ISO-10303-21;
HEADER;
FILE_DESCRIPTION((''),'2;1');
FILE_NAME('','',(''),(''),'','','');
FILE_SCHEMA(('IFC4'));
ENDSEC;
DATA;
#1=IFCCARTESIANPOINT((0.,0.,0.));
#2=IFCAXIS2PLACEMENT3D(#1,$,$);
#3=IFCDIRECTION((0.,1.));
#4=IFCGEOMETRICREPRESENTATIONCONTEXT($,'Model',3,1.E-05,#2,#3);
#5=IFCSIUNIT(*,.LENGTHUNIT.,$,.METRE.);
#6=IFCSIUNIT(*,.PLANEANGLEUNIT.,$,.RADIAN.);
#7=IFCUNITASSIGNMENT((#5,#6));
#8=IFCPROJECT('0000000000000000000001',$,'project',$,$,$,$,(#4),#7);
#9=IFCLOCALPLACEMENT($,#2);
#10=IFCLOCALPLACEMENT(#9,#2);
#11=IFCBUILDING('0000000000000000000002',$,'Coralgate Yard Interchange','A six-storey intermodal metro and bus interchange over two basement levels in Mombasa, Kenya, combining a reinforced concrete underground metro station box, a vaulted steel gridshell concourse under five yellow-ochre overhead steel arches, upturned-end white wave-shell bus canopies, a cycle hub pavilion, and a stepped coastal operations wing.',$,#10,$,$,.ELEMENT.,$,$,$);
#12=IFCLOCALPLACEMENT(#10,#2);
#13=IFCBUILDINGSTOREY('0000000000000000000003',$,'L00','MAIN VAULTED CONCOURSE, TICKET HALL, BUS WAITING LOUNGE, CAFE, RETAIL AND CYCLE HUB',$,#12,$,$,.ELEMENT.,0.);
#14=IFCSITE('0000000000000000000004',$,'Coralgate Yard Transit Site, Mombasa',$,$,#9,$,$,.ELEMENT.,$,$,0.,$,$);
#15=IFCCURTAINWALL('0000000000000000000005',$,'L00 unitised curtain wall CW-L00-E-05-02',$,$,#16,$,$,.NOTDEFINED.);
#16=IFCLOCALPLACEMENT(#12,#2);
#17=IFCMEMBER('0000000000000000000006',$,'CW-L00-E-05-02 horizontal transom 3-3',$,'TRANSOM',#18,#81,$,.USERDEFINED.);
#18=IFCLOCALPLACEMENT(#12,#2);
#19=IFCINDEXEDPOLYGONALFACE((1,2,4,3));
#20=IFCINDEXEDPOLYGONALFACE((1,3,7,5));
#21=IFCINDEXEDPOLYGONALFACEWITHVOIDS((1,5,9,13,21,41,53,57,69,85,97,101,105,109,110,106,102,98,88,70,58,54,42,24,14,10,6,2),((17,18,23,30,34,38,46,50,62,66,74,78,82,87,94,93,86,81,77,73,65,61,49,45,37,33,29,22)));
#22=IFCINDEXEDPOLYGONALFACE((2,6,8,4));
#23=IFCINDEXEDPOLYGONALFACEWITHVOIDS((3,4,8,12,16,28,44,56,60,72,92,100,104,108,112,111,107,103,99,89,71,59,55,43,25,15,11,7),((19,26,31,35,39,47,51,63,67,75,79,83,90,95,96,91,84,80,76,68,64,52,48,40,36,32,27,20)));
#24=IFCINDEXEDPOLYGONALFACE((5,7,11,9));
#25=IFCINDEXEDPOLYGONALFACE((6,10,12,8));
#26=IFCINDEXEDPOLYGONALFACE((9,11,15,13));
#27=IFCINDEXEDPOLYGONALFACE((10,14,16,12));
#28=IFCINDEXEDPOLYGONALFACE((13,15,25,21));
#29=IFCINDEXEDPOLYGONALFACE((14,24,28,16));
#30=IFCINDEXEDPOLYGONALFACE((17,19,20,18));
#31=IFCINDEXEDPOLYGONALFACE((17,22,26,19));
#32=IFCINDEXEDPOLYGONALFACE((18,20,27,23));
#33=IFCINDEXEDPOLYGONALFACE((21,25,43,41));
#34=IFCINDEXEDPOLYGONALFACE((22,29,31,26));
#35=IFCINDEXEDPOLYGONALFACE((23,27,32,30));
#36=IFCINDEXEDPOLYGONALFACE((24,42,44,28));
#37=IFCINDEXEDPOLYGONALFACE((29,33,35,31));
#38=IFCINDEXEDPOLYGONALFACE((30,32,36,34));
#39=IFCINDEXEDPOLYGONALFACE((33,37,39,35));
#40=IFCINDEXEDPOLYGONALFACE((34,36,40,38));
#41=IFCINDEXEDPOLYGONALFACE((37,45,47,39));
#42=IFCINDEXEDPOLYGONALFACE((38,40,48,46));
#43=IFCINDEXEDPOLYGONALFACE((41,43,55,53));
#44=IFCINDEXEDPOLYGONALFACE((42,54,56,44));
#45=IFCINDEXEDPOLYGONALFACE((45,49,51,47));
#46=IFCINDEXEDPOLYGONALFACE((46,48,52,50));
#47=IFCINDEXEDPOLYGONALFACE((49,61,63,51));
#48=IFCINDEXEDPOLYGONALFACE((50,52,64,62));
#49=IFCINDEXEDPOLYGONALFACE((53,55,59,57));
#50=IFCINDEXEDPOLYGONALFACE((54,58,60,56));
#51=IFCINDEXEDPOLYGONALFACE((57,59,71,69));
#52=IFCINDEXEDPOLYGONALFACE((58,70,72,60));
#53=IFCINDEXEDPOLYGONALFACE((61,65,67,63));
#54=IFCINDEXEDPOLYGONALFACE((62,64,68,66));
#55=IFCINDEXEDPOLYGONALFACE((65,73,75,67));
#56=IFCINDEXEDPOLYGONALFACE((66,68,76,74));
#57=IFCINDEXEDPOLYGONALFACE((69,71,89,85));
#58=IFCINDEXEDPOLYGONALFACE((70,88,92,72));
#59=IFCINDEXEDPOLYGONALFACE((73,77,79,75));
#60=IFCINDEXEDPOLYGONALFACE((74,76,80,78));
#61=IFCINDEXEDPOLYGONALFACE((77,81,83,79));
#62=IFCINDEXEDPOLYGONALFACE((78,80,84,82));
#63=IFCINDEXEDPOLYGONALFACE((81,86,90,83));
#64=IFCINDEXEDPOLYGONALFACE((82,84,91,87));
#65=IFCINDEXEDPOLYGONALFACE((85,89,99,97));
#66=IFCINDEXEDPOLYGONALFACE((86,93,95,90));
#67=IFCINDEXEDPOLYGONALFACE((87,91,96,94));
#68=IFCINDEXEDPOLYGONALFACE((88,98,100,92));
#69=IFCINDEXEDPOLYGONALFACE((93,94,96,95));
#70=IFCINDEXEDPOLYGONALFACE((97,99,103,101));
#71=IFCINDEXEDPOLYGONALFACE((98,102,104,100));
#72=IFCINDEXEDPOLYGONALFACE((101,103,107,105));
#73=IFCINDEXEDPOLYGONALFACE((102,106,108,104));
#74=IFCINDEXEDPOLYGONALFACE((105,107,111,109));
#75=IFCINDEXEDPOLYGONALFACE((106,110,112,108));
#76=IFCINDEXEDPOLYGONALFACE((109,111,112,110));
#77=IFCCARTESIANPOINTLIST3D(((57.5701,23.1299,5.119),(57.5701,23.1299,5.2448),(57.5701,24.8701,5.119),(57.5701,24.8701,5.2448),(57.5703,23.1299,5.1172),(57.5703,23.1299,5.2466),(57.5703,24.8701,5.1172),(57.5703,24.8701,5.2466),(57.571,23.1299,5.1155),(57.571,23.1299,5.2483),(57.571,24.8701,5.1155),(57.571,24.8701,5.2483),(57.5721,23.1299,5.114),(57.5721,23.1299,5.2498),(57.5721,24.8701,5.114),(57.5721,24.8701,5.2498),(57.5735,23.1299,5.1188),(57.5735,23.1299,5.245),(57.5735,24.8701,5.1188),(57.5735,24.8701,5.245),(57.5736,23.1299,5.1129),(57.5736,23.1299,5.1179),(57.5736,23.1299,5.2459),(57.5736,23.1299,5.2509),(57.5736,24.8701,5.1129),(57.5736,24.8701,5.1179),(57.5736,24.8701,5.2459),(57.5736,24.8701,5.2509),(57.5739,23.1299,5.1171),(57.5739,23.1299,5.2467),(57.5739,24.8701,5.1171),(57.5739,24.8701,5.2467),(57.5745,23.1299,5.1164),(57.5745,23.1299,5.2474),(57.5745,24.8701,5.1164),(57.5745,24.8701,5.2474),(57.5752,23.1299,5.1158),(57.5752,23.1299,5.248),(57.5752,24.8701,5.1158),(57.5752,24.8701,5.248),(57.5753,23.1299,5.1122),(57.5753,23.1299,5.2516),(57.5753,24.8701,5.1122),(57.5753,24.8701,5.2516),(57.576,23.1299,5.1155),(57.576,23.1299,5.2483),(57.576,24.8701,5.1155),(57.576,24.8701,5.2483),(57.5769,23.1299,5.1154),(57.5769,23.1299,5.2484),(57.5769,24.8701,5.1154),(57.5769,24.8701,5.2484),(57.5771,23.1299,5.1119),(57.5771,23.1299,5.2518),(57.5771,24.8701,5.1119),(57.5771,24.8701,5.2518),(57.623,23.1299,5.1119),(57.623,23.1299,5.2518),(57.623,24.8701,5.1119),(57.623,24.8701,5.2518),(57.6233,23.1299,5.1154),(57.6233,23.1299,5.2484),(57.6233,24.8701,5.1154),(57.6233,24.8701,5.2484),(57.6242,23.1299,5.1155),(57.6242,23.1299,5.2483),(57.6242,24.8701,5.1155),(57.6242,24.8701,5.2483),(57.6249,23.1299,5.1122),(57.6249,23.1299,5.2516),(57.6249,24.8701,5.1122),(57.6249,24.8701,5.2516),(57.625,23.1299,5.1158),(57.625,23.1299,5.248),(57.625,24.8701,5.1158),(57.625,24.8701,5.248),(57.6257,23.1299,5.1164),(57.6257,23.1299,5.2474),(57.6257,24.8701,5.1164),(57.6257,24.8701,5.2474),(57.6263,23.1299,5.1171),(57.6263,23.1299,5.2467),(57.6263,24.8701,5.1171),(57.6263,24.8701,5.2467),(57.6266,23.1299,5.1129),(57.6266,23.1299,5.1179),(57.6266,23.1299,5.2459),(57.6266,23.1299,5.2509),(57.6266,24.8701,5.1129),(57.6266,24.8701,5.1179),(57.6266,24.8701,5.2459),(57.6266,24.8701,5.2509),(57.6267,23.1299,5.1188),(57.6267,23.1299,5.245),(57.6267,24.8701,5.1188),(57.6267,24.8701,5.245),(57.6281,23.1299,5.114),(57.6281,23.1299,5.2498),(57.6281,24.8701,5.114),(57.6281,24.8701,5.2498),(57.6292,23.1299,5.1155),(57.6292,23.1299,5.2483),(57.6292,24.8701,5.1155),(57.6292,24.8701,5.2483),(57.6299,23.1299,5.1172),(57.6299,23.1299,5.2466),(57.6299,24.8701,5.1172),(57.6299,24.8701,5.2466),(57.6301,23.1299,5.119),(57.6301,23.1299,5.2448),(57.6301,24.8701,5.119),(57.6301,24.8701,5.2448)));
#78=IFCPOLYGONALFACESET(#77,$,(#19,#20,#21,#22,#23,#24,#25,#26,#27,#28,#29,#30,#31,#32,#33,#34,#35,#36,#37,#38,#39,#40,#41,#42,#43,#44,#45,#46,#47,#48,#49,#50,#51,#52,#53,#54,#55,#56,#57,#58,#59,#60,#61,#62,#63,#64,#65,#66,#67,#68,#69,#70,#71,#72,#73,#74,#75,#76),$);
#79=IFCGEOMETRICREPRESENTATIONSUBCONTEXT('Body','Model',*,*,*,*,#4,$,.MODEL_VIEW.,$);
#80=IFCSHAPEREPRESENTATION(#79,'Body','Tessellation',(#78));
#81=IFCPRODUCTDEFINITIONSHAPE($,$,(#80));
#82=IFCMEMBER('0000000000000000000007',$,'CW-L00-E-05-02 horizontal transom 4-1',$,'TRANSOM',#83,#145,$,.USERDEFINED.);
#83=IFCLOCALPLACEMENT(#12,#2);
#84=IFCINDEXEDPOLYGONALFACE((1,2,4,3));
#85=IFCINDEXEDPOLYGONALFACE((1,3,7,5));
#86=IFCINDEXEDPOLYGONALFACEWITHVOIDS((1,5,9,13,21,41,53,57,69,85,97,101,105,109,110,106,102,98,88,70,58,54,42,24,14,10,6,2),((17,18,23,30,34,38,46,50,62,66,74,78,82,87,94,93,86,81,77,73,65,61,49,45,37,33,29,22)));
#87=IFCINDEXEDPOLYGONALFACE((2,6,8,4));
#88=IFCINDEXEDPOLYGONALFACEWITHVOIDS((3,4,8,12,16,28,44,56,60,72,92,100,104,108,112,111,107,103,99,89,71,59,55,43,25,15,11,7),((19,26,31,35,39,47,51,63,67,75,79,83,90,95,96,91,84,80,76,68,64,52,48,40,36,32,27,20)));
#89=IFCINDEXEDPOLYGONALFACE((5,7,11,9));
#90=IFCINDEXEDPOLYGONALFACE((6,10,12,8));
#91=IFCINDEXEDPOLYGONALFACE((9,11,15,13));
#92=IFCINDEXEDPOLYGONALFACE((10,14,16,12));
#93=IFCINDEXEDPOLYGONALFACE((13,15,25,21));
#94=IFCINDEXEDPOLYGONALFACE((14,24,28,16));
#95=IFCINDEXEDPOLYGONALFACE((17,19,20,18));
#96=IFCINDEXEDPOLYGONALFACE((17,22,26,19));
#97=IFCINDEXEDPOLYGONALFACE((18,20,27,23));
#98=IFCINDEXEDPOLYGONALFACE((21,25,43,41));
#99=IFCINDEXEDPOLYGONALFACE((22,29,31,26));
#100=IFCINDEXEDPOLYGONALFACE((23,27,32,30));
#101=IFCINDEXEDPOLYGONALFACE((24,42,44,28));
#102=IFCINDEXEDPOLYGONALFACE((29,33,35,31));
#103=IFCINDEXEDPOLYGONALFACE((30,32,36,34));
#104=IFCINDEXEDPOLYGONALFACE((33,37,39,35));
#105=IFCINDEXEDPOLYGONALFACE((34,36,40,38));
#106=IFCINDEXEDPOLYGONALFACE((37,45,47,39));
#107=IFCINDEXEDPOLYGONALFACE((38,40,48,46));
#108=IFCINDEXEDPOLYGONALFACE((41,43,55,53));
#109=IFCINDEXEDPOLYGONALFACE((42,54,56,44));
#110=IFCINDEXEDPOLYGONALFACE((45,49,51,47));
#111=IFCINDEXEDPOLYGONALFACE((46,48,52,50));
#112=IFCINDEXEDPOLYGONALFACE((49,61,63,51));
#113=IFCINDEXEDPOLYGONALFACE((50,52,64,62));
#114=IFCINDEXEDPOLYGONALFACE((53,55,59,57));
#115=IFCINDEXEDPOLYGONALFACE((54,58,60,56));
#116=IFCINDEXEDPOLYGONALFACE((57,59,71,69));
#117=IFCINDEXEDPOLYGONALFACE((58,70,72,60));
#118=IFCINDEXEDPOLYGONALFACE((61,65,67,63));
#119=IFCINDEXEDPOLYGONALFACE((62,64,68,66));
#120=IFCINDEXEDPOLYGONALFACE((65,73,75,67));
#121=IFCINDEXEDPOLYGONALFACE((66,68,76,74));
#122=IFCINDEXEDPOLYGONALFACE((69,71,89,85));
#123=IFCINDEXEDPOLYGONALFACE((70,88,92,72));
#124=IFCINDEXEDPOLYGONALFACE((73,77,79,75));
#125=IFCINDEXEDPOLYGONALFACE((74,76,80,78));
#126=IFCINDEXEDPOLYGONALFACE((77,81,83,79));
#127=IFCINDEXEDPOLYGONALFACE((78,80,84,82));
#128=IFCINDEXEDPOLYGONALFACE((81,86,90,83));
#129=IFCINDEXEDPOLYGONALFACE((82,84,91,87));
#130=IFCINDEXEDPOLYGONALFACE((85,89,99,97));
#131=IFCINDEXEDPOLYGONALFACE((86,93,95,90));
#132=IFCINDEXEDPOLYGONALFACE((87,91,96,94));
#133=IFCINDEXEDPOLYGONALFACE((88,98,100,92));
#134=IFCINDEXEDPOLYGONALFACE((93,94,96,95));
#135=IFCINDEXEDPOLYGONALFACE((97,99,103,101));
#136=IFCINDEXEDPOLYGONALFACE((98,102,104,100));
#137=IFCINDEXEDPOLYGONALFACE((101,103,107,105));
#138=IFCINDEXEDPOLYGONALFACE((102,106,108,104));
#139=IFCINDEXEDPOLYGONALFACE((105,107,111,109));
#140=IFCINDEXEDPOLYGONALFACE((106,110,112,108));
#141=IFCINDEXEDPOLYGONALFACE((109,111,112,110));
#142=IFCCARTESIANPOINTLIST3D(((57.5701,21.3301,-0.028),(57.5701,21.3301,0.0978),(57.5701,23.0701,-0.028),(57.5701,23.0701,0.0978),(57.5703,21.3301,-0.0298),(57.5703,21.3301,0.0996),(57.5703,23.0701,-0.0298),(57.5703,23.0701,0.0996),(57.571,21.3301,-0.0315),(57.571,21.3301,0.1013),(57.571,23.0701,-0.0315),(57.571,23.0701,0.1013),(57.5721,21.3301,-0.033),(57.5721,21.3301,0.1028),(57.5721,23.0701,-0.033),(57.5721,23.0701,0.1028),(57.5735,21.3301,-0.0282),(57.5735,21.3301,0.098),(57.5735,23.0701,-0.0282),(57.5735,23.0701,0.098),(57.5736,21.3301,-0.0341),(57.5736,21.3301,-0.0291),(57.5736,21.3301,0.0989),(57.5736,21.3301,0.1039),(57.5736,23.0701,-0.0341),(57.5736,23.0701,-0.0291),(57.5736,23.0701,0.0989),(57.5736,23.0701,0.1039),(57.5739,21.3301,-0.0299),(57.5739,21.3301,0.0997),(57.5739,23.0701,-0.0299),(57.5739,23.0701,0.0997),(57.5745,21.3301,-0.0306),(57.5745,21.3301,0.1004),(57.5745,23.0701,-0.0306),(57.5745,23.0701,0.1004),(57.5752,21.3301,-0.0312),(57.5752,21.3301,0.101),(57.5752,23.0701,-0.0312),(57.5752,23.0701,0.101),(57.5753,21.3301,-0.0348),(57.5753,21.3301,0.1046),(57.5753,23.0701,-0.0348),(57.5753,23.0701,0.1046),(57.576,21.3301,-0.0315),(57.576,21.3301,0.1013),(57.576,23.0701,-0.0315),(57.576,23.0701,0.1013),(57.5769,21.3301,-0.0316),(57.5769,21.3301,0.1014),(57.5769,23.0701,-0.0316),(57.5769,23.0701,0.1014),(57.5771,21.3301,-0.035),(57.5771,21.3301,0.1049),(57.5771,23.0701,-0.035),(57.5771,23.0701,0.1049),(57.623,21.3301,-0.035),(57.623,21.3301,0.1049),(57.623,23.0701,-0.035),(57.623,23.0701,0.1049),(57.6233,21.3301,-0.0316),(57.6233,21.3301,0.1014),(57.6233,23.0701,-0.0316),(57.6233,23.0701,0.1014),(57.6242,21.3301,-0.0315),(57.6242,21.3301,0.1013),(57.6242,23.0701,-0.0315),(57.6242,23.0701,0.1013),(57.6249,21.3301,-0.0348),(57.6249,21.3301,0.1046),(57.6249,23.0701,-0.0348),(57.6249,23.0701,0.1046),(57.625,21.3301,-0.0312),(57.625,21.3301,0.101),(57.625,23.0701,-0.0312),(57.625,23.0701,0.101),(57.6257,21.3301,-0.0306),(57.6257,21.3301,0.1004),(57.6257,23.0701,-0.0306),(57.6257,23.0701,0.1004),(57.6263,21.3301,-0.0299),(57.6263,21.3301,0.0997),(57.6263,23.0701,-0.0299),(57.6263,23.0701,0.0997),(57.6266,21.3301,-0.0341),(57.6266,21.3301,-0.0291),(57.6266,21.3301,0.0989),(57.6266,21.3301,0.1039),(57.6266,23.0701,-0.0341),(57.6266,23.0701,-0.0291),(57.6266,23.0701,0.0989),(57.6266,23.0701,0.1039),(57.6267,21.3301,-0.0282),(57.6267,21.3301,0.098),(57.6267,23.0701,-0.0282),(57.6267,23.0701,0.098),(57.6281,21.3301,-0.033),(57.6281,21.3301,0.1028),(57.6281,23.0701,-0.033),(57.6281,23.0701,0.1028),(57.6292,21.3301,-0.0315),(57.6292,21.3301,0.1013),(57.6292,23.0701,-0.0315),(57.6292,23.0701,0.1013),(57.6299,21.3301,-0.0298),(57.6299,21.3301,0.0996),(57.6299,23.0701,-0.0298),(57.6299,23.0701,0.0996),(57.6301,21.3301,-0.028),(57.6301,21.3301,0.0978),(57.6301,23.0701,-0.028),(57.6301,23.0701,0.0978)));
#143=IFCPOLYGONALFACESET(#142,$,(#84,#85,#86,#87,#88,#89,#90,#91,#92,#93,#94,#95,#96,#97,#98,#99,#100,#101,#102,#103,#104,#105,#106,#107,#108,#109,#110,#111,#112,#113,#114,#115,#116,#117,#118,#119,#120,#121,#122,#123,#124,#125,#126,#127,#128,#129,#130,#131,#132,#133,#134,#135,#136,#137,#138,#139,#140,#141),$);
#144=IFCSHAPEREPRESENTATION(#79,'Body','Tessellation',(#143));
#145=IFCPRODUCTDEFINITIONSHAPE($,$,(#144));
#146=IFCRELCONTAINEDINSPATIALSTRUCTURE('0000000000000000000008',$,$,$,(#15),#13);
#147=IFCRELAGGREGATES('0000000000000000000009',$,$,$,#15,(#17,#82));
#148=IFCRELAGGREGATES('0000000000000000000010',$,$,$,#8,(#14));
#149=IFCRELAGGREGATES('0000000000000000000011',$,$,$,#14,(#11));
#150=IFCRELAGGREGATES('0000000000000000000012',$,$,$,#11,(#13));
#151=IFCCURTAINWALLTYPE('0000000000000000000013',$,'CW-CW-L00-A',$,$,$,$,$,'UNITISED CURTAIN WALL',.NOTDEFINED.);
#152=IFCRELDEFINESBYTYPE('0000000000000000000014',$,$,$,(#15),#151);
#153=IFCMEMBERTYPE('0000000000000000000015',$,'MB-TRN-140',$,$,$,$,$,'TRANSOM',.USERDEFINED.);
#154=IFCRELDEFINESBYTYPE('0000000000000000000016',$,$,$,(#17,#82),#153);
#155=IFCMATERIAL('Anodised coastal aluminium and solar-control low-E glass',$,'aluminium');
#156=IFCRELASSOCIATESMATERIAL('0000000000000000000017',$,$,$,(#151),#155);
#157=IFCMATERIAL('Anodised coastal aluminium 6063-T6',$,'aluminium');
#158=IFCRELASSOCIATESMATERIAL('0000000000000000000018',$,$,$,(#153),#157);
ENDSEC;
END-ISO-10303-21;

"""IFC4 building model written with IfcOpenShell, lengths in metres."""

from ifc_helpers import new_model, si_unit, direction, frame, origin, origin_2d, place, context, subcontext, project, spatial, hollow_rectangle, extrude, material, material_profile, profile_set, type_object, element, aggregate, save


model = new_model("IFC4")

# Units and contexts
model_context = context("Model", 3, precision=1e-05, world=origin(), true_north=direction((0.0, 1.0)))
body_context = subcontext(model_context, "Body", "Model", "MODEL_VIEW")
ifc_project = project(units=[si_unit("LENGTHUNIT", "METRE"), si_unit("PLANEANGLEUNIT", "RADIAN")], contexts=[model_context])

# Site, building, storey
site_placement = place(None, origin())
site = spatial("IfcSite", under=ifc_project, at=site_placement, Name="Coralgate Yard Transit Site, Mombasa", CompositionType="ELEMENT", RefElevation=0.0)
building_placement = place(site_placement, origin())
building = spatial("IfcBuilding", under=site, at=building_placement, Name="Coralgate Yard Interchange", Description="A six-storey intermodal metro and bus interchange over two basement levels in Mombasa, Kenya, combining a reinforced concrete underground metro station box, a vaulted steel gridshell concourse under five yellow-ochre overhead steel arches, upturned-end white wave-shell bus canopies, a cycle hub pavilion, and a stepped coastal operations wing.", CompositionType="ELEMENT")
storey_placement = place(building_placement, origin())
storey = spatial("IfcBuildingStorey", under=building, at=storey_placement, Name="L00", Description="MAIN VAULTED CONCOURSE, TICKET HALL, BUS WAITING LOUNGE, CAFE, RETAIL AND CYCLE HUB", CompositionType="ELEMENT", Elevation=0.0)

# Shared definitions
ifc_material_1 = material(Name="Anodised coastal aluminium and solar-control low-E glass", Category="aluminium")
ifc_material_2 = material(Name="Anodised coastal aluminium 6063-T6", Category="aluminium")

# Curtain wall, members
curtain_wall_type_1 = type_object("IfcCurtainWallType", Name="CW-CW-L00-A", ElementType="UNITISED CURTAIN WALL", PredefinedType="NOTDEFINED", material=ifc_material_1)
curtain_wall_1_placement = place(storey_placement, origin())
curtain_wall_1 = element("IfcCurtainWall", 1, at=curtain_wall_1_placement, inside=storey, type_object=curtain_wall_type_1, Name="L00 unitised curtain wall CW-L00-E-05-02", PredefinedType="NOTDEFINED")
ifc_material_profile_1 = material_profile(ifc_material_2, hollow_rectangle(XDim=0.0601, YDim=0.1399, WallThickness=0.0034, InnerFilletRadius=0.0034, OuterFilletRadius=0.0071, at=origin_2d()), Name="ALU 60x140x3.5")
ifc_profile_set_1 = profile_set([ifc_material_profile_1], Name="Anodised coastal aluminium 6063-T6")
member_type_1 = type_object("IfcMemberType", Name="MB-TRN-140", ElementType="TRANSOM", PredefinedType="USERDEFINED", material=ifc_profile_set_1)
member_1_placement = place(storey_placement, frame((57.6001, 24.8701, 5.1819), z_axis=(0.0, -1.0, 0.0), x_axis=(1.0, 0.0, 0.0)))
member_1 = element("IfcMember", 2, at=member_1_placement, type_object=member_type_1, Name="CW-L00-E-05-02 horizontal transom 3-3", ObjectType="TRANSOM", PredefinedType="USERDEFINED", context=body_context, shape_type="SweptSolid", body=[
    extrude(hollow_rectangle(XDim=0.0601, YDim=0.1399, WallThickness=0.0034, InnerFilletRadius=0.0034, OuterFilletRadius=0.0071, at=origin_2d()), origin(), (0.0, 0.0, 1.0), 1.7402),
])
member_2_placement = place(storey_placement, frame((57.6001, 23.0701, 0.0349), z_axis=(0.0, -1.0, 0.0), x_axis=(1.0, 0.0, 0.0)))
member_2 = element("IfcMember", 3, at=member_2_placement, type_object=member_type_1, Name="CW-L00-E-05-02 horizontal transom 4-1", ObjectType="TRANSOM", PredefinedType="USERDEFINED", context=body_context, shape_type="SweptSolid", body=[
    extrude(hollow_rectangle(XDim=0.0601, YDim=0.1399, WallThickness=0.0034, InnerFilletRadius=0.0034, OuterFilletRadius=0.0071, at=origin_2d()), origin(), (0.0, 0.0, 1.0), 1.74),
])
aggregate(curtain_wall_1, [member_1, member_2])

save(model, "model.ifc")
